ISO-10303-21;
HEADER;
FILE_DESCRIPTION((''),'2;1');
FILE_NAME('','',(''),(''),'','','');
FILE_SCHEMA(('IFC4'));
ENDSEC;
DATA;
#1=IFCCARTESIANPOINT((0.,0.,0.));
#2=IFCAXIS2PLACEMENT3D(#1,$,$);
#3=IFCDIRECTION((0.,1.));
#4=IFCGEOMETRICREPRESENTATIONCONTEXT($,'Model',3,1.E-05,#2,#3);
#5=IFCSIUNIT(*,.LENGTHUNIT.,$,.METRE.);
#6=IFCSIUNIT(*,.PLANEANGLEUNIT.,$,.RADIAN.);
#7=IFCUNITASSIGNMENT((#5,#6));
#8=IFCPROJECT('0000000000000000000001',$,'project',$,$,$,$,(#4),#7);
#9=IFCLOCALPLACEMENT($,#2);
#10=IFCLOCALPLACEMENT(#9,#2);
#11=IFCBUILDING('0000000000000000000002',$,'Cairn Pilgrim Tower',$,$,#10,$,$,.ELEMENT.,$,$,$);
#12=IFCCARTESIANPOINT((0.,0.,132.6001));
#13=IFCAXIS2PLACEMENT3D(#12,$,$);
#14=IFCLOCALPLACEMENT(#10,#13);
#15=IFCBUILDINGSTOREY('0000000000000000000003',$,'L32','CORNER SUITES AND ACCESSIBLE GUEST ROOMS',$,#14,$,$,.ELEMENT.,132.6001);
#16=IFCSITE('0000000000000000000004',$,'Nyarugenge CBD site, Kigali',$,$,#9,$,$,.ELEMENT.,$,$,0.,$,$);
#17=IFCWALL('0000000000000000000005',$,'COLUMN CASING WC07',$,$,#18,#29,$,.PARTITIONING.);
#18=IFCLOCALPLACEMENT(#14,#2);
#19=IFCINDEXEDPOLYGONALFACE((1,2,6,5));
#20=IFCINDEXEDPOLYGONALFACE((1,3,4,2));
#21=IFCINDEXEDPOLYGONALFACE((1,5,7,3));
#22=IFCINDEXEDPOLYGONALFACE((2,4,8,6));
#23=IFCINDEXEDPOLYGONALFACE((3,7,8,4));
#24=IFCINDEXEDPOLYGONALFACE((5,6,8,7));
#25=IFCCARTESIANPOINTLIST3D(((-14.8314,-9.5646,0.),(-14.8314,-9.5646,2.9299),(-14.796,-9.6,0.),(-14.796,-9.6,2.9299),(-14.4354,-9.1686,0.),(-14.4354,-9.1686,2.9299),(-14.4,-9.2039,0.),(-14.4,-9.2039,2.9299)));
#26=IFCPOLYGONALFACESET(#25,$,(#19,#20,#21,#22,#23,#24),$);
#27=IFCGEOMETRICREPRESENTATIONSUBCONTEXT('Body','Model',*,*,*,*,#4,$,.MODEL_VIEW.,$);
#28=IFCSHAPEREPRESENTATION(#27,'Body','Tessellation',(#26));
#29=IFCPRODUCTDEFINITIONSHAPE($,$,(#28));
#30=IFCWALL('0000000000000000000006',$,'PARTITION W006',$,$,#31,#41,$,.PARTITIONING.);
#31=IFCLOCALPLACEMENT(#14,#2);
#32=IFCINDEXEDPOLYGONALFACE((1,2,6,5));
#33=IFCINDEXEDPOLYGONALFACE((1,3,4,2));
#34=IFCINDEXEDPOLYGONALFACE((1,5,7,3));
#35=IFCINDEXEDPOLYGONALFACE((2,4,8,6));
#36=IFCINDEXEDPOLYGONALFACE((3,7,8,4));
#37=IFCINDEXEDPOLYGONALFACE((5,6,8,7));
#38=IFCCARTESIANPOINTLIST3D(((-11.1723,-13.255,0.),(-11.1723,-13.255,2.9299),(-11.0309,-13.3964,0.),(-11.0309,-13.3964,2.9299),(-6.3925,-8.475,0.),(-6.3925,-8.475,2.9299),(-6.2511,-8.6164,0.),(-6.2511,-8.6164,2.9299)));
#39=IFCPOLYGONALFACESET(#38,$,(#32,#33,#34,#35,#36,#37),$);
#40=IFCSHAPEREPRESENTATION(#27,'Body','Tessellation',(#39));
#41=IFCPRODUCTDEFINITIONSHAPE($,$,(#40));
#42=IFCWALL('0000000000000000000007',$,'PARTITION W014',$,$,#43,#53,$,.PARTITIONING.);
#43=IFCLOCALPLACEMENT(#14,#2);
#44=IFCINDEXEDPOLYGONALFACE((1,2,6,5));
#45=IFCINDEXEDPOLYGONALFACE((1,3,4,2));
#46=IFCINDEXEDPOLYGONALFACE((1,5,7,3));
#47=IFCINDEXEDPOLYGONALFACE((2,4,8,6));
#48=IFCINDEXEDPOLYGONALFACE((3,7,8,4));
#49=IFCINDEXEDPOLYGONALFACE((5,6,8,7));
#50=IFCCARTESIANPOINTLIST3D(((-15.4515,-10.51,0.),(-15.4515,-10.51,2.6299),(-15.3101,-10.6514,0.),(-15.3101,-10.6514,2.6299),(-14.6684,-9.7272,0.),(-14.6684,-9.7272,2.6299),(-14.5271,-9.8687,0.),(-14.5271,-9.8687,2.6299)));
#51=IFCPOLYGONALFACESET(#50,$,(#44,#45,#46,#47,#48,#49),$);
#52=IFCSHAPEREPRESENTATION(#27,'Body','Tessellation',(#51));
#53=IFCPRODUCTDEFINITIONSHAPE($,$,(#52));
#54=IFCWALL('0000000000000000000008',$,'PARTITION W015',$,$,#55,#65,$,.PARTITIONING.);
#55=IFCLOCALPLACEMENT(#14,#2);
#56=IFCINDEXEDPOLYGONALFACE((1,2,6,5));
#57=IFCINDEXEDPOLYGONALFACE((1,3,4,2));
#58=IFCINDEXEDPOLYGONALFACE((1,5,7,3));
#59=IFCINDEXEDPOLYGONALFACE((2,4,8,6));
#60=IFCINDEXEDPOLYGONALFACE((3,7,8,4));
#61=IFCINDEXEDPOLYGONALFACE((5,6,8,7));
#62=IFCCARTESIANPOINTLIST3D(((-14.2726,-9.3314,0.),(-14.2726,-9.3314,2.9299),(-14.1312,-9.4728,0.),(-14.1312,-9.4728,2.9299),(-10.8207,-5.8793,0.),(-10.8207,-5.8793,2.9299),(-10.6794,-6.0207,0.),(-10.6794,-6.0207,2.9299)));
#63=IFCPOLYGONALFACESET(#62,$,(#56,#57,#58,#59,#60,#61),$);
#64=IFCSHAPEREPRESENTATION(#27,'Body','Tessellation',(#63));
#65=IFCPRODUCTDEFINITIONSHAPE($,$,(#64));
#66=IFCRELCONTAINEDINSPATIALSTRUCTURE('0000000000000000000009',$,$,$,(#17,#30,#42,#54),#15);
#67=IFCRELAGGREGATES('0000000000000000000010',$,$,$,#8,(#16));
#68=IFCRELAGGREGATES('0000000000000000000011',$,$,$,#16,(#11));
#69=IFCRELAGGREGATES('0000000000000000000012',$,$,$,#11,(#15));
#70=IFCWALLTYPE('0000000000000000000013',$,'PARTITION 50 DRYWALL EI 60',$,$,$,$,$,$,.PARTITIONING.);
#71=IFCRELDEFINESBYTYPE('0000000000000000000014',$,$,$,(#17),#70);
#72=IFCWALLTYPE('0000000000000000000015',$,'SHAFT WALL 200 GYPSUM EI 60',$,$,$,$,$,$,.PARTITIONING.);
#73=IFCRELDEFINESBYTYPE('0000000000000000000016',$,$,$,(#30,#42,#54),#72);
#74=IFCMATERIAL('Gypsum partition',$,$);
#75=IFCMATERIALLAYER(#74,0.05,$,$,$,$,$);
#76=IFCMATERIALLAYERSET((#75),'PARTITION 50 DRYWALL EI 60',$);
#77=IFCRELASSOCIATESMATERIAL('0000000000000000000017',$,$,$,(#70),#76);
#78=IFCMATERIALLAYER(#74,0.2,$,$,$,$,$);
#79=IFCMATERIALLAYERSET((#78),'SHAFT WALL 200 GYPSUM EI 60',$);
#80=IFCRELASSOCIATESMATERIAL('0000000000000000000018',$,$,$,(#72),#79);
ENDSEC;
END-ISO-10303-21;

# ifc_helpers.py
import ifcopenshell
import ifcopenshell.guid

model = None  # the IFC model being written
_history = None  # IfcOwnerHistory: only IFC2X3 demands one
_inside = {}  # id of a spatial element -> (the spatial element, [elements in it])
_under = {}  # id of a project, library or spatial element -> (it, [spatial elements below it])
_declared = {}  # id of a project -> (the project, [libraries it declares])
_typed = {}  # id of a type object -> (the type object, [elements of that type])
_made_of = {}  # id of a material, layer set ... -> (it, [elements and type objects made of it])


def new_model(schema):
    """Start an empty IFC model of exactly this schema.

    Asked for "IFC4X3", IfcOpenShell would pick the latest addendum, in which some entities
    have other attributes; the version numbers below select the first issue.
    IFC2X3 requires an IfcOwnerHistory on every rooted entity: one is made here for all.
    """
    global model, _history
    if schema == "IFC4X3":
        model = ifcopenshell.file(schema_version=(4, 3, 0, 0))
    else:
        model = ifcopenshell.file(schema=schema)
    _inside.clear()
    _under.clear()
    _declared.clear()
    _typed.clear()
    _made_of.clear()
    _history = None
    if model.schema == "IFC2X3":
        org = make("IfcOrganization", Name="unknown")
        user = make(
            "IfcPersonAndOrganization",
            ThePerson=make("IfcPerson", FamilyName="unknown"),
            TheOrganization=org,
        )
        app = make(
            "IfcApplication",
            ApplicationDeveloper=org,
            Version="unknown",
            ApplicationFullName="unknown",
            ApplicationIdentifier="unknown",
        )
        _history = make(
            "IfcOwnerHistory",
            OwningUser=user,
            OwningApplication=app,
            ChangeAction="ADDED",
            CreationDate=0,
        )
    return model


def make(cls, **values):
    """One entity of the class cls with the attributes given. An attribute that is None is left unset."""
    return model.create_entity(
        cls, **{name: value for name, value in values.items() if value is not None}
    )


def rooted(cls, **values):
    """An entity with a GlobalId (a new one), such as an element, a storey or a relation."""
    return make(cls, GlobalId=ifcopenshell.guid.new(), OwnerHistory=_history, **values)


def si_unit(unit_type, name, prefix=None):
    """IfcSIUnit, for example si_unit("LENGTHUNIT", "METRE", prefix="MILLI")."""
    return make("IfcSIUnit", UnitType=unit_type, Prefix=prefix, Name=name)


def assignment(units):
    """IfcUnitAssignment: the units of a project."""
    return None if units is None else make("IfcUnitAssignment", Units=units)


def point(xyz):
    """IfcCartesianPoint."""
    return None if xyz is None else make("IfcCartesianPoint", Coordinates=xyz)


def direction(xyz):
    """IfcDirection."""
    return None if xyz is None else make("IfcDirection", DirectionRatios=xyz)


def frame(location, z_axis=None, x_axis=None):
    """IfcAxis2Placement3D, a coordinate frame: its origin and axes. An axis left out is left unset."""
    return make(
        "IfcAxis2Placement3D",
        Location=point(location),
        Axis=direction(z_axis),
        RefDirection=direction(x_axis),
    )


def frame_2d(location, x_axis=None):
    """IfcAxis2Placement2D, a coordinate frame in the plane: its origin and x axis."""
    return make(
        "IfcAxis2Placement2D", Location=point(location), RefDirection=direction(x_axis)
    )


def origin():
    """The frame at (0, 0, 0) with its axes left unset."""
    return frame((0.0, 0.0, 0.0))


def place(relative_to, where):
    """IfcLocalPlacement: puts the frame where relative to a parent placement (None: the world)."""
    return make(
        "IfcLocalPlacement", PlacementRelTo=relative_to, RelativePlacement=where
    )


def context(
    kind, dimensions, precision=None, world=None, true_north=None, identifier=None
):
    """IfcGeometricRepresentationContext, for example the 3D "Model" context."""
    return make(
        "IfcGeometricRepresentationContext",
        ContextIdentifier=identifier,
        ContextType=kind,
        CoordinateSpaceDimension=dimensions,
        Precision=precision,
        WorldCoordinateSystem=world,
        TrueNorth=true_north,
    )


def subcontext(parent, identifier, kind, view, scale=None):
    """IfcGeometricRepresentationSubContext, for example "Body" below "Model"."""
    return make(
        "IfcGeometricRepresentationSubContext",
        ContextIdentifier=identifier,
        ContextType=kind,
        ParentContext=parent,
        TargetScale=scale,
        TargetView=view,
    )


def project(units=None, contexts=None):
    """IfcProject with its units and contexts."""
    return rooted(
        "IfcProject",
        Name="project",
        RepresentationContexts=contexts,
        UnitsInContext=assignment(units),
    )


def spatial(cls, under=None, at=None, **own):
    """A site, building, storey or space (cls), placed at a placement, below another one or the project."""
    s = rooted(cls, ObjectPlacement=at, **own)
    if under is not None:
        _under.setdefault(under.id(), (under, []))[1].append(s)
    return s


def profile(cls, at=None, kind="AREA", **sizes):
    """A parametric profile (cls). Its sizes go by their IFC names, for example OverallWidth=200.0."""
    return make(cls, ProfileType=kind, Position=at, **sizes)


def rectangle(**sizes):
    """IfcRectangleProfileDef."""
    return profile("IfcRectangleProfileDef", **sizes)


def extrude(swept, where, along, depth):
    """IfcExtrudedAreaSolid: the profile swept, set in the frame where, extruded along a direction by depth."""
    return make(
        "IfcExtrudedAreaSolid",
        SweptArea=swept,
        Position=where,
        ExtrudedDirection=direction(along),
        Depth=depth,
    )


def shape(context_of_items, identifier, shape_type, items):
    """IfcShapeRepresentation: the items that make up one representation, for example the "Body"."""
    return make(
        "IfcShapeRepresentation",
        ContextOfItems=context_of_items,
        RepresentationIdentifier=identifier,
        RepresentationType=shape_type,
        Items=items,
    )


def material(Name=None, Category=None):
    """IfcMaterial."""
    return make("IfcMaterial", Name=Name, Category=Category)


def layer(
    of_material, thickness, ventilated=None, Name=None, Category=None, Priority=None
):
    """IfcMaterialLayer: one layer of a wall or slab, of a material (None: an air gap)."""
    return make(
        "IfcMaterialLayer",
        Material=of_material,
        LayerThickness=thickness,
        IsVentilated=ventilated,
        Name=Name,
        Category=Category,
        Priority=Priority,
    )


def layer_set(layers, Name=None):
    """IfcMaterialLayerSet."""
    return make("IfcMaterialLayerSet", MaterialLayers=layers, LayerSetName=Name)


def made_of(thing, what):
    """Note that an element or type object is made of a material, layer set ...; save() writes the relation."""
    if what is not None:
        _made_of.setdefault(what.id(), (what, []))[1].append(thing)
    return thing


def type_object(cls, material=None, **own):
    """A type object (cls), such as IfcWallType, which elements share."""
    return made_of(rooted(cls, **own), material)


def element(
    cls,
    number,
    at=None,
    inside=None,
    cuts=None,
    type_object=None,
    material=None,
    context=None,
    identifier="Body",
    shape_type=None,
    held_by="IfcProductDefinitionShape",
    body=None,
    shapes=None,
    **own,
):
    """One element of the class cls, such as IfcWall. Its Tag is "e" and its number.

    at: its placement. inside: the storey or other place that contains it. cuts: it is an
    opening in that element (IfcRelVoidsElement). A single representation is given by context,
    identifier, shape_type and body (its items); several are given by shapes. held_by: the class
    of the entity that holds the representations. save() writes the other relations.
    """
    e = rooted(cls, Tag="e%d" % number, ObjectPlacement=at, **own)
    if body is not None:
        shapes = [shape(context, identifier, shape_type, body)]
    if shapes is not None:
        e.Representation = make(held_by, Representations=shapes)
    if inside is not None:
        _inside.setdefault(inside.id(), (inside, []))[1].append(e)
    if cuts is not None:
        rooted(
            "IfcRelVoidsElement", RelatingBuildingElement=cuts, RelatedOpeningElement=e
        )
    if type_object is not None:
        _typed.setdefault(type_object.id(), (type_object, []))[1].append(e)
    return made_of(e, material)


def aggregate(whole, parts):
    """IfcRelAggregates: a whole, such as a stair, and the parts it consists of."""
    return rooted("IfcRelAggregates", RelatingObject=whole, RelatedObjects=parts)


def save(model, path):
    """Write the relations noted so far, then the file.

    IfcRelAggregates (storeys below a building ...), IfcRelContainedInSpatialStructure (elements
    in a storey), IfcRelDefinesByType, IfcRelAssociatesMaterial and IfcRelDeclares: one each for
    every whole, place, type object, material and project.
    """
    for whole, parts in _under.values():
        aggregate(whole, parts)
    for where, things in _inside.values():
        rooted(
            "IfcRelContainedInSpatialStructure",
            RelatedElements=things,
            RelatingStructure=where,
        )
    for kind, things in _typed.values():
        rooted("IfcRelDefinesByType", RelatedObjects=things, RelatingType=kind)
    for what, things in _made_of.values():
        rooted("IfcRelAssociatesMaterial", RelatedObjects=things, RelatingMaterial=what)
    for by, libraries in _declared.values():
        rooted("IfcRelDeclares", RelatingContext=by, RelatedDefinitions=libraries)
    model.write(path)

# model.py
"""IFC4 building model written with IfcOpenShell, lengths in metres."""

from ifc_helpers import new_model, si_unit, direction, frame, frame_2d, origin, place, context, subcontext, project, spatial, rectangle, extrude, material, layer, layer_set, type_object, element, save


model = new_model("IFC4")

# Units and contexts
model_context = context("Model", 3, precision=1e-05, world=origin(), true_north=direction((0.0, 1.0)))
body_context = subcontext(model_context, "Body", "Model", "MODEL_VIEW")
ifc_project = project(units=[si_unit("LENGTHUNIT", "METRE"), si_unit("PLANEANGLEUNIT", "RADIAN")], contexts=[model_context])

# Site, building, storey
site_placement = place(None, origin())
site = spatial("IfcSite", under=ifc_project, at=site_placement, Name="Nyarugenge CBD site, Kigali", CompositionType="ELEMENT", RefElevation=0.0)
building_placement = place(site_placement, origin())
building = spatial("IfcBuilding", under=site, at=building_placement, Name="Cairn Pilgrim Tower", CompositionType="ELEMENT")
storey_placement = place(building_placement, frame((0.0, 0.0, 132.6001)))
storey = spatial("IfcBuildingStorey", under=building, at=storey_placement, Name="L32", Description="CORNER SUITES AND ACCESSIBLE GUEST ROOMS", CompositionType="ELEMENT", Elevation=132.6001)

# Walls
ifc_material_1 = material(Name="Gypsum partition")
ifc_layer_1 = layer(ifc_material_1, 0.05)
ifc_layer_set_1 = layer_set([ifc_layer_1], Name="PARTITION 50 DRYWALL EI 60")
wall_type_1 = type_object("IfcWallType", Name="PARTITION 50 DRYWALL EI 60", PredefinedType="PARTITIONING", material=ifc_layer_set_1)
wall_1_placement = place(storey_placement, frame((-14.8137, -9.5823, 0.0), z_axis=(0.0, 0.0, 1.0), x_axis=(0.707107, 0.707107, 0.0)))
element("IfcWall", 1, at=wall_1_placement, inside=storey, type_object=wall_type_1, Name="COLUMN CASING WC07", PredefinedType="PARTITIONING", context=body_context, shape_type="SweptSolid", body=[
    extrude(rectangle(XDim=0.5601, YDim=0.05, at=frame_2d((0.28, 0.0))), origin(), (0.0, 0.0, 1.0), 2.9299),
])
ifc_layer_2 = layer(ifc_material_1, 0.2)
ifc_layer_set_2 = layer_set([ifc_layer_2], Name="SHAFT WALL 200 GYPSUM EI 60")
wall_type_2 = type_object("IfcWallType", Name="SHAFT WALL 200 GYPSUM EI 60", PredefinedType="PARTITIONING", material=ifc_layer_set_2)
wall_2_placement = place(storey_placement, frame((-11.1016, -13.3257, 0.0), z_axis=(0.0, 0.0, 1.0), x_axis=(0.707089, 0.707125, 0.0)))
element("IfcWall", 2, at=wall_2_placement, inside=storey, type_object=wall_type_2, Name="PARTITION W006", PredefinedType="PARTITIONING", context=body_context, shape_type="SweptSolid", body=[
    extrude(rectangle(XDim=6.7598, YDim=0.2, at=frame_2d((3.3799, 0.0))), origin(), (0.0, 0.0, 1.0), 2.9299),
])
wall_3_placement = place(storey_placement, frame((-15.3809, -10.5808, 0.0), z_axis=(0.0, 0.0, 1.0), x_axis=(0.707217, 0.706997, 0.0)))
element("IfcWall", 3, at=wall_3_placement, inside=storey, type_object=wall_type_2, Name="PARTITION W014", PredefinedType="PARTITIONING", context=body_context, shape_type="SweptSolid", body=[
    extrude(rectangle(XDim=1.1072, YDim=0.2, at=frame_2d((0.5537, 0.0))), origin(), (0.0, 0.0, 1.0), 2.6299),
])
wall_4_placement = place(storey_placement, frame((-14.2019, -9.4021, 0.0), z_axis=(0.0, 0.0, 1.0), x_axis=(0.707082, 0.707132, 0.0)))
element("IfcWall", 4, at=wall_4_placement, inside=storey, type_object=wall_type_2, Name="PARTITION W015", PredefinedType="PARTITIONING", context=body_context, shape_type="SweptSolid", body=[
    extrude(rectangle(XDim=4.8818, YDim=0.2, at=frame_2d((2.4409, 0.0))), origin(), (0.0, 0.0, 1.0), 2.9299),
])

save(model, "model.ifc")
